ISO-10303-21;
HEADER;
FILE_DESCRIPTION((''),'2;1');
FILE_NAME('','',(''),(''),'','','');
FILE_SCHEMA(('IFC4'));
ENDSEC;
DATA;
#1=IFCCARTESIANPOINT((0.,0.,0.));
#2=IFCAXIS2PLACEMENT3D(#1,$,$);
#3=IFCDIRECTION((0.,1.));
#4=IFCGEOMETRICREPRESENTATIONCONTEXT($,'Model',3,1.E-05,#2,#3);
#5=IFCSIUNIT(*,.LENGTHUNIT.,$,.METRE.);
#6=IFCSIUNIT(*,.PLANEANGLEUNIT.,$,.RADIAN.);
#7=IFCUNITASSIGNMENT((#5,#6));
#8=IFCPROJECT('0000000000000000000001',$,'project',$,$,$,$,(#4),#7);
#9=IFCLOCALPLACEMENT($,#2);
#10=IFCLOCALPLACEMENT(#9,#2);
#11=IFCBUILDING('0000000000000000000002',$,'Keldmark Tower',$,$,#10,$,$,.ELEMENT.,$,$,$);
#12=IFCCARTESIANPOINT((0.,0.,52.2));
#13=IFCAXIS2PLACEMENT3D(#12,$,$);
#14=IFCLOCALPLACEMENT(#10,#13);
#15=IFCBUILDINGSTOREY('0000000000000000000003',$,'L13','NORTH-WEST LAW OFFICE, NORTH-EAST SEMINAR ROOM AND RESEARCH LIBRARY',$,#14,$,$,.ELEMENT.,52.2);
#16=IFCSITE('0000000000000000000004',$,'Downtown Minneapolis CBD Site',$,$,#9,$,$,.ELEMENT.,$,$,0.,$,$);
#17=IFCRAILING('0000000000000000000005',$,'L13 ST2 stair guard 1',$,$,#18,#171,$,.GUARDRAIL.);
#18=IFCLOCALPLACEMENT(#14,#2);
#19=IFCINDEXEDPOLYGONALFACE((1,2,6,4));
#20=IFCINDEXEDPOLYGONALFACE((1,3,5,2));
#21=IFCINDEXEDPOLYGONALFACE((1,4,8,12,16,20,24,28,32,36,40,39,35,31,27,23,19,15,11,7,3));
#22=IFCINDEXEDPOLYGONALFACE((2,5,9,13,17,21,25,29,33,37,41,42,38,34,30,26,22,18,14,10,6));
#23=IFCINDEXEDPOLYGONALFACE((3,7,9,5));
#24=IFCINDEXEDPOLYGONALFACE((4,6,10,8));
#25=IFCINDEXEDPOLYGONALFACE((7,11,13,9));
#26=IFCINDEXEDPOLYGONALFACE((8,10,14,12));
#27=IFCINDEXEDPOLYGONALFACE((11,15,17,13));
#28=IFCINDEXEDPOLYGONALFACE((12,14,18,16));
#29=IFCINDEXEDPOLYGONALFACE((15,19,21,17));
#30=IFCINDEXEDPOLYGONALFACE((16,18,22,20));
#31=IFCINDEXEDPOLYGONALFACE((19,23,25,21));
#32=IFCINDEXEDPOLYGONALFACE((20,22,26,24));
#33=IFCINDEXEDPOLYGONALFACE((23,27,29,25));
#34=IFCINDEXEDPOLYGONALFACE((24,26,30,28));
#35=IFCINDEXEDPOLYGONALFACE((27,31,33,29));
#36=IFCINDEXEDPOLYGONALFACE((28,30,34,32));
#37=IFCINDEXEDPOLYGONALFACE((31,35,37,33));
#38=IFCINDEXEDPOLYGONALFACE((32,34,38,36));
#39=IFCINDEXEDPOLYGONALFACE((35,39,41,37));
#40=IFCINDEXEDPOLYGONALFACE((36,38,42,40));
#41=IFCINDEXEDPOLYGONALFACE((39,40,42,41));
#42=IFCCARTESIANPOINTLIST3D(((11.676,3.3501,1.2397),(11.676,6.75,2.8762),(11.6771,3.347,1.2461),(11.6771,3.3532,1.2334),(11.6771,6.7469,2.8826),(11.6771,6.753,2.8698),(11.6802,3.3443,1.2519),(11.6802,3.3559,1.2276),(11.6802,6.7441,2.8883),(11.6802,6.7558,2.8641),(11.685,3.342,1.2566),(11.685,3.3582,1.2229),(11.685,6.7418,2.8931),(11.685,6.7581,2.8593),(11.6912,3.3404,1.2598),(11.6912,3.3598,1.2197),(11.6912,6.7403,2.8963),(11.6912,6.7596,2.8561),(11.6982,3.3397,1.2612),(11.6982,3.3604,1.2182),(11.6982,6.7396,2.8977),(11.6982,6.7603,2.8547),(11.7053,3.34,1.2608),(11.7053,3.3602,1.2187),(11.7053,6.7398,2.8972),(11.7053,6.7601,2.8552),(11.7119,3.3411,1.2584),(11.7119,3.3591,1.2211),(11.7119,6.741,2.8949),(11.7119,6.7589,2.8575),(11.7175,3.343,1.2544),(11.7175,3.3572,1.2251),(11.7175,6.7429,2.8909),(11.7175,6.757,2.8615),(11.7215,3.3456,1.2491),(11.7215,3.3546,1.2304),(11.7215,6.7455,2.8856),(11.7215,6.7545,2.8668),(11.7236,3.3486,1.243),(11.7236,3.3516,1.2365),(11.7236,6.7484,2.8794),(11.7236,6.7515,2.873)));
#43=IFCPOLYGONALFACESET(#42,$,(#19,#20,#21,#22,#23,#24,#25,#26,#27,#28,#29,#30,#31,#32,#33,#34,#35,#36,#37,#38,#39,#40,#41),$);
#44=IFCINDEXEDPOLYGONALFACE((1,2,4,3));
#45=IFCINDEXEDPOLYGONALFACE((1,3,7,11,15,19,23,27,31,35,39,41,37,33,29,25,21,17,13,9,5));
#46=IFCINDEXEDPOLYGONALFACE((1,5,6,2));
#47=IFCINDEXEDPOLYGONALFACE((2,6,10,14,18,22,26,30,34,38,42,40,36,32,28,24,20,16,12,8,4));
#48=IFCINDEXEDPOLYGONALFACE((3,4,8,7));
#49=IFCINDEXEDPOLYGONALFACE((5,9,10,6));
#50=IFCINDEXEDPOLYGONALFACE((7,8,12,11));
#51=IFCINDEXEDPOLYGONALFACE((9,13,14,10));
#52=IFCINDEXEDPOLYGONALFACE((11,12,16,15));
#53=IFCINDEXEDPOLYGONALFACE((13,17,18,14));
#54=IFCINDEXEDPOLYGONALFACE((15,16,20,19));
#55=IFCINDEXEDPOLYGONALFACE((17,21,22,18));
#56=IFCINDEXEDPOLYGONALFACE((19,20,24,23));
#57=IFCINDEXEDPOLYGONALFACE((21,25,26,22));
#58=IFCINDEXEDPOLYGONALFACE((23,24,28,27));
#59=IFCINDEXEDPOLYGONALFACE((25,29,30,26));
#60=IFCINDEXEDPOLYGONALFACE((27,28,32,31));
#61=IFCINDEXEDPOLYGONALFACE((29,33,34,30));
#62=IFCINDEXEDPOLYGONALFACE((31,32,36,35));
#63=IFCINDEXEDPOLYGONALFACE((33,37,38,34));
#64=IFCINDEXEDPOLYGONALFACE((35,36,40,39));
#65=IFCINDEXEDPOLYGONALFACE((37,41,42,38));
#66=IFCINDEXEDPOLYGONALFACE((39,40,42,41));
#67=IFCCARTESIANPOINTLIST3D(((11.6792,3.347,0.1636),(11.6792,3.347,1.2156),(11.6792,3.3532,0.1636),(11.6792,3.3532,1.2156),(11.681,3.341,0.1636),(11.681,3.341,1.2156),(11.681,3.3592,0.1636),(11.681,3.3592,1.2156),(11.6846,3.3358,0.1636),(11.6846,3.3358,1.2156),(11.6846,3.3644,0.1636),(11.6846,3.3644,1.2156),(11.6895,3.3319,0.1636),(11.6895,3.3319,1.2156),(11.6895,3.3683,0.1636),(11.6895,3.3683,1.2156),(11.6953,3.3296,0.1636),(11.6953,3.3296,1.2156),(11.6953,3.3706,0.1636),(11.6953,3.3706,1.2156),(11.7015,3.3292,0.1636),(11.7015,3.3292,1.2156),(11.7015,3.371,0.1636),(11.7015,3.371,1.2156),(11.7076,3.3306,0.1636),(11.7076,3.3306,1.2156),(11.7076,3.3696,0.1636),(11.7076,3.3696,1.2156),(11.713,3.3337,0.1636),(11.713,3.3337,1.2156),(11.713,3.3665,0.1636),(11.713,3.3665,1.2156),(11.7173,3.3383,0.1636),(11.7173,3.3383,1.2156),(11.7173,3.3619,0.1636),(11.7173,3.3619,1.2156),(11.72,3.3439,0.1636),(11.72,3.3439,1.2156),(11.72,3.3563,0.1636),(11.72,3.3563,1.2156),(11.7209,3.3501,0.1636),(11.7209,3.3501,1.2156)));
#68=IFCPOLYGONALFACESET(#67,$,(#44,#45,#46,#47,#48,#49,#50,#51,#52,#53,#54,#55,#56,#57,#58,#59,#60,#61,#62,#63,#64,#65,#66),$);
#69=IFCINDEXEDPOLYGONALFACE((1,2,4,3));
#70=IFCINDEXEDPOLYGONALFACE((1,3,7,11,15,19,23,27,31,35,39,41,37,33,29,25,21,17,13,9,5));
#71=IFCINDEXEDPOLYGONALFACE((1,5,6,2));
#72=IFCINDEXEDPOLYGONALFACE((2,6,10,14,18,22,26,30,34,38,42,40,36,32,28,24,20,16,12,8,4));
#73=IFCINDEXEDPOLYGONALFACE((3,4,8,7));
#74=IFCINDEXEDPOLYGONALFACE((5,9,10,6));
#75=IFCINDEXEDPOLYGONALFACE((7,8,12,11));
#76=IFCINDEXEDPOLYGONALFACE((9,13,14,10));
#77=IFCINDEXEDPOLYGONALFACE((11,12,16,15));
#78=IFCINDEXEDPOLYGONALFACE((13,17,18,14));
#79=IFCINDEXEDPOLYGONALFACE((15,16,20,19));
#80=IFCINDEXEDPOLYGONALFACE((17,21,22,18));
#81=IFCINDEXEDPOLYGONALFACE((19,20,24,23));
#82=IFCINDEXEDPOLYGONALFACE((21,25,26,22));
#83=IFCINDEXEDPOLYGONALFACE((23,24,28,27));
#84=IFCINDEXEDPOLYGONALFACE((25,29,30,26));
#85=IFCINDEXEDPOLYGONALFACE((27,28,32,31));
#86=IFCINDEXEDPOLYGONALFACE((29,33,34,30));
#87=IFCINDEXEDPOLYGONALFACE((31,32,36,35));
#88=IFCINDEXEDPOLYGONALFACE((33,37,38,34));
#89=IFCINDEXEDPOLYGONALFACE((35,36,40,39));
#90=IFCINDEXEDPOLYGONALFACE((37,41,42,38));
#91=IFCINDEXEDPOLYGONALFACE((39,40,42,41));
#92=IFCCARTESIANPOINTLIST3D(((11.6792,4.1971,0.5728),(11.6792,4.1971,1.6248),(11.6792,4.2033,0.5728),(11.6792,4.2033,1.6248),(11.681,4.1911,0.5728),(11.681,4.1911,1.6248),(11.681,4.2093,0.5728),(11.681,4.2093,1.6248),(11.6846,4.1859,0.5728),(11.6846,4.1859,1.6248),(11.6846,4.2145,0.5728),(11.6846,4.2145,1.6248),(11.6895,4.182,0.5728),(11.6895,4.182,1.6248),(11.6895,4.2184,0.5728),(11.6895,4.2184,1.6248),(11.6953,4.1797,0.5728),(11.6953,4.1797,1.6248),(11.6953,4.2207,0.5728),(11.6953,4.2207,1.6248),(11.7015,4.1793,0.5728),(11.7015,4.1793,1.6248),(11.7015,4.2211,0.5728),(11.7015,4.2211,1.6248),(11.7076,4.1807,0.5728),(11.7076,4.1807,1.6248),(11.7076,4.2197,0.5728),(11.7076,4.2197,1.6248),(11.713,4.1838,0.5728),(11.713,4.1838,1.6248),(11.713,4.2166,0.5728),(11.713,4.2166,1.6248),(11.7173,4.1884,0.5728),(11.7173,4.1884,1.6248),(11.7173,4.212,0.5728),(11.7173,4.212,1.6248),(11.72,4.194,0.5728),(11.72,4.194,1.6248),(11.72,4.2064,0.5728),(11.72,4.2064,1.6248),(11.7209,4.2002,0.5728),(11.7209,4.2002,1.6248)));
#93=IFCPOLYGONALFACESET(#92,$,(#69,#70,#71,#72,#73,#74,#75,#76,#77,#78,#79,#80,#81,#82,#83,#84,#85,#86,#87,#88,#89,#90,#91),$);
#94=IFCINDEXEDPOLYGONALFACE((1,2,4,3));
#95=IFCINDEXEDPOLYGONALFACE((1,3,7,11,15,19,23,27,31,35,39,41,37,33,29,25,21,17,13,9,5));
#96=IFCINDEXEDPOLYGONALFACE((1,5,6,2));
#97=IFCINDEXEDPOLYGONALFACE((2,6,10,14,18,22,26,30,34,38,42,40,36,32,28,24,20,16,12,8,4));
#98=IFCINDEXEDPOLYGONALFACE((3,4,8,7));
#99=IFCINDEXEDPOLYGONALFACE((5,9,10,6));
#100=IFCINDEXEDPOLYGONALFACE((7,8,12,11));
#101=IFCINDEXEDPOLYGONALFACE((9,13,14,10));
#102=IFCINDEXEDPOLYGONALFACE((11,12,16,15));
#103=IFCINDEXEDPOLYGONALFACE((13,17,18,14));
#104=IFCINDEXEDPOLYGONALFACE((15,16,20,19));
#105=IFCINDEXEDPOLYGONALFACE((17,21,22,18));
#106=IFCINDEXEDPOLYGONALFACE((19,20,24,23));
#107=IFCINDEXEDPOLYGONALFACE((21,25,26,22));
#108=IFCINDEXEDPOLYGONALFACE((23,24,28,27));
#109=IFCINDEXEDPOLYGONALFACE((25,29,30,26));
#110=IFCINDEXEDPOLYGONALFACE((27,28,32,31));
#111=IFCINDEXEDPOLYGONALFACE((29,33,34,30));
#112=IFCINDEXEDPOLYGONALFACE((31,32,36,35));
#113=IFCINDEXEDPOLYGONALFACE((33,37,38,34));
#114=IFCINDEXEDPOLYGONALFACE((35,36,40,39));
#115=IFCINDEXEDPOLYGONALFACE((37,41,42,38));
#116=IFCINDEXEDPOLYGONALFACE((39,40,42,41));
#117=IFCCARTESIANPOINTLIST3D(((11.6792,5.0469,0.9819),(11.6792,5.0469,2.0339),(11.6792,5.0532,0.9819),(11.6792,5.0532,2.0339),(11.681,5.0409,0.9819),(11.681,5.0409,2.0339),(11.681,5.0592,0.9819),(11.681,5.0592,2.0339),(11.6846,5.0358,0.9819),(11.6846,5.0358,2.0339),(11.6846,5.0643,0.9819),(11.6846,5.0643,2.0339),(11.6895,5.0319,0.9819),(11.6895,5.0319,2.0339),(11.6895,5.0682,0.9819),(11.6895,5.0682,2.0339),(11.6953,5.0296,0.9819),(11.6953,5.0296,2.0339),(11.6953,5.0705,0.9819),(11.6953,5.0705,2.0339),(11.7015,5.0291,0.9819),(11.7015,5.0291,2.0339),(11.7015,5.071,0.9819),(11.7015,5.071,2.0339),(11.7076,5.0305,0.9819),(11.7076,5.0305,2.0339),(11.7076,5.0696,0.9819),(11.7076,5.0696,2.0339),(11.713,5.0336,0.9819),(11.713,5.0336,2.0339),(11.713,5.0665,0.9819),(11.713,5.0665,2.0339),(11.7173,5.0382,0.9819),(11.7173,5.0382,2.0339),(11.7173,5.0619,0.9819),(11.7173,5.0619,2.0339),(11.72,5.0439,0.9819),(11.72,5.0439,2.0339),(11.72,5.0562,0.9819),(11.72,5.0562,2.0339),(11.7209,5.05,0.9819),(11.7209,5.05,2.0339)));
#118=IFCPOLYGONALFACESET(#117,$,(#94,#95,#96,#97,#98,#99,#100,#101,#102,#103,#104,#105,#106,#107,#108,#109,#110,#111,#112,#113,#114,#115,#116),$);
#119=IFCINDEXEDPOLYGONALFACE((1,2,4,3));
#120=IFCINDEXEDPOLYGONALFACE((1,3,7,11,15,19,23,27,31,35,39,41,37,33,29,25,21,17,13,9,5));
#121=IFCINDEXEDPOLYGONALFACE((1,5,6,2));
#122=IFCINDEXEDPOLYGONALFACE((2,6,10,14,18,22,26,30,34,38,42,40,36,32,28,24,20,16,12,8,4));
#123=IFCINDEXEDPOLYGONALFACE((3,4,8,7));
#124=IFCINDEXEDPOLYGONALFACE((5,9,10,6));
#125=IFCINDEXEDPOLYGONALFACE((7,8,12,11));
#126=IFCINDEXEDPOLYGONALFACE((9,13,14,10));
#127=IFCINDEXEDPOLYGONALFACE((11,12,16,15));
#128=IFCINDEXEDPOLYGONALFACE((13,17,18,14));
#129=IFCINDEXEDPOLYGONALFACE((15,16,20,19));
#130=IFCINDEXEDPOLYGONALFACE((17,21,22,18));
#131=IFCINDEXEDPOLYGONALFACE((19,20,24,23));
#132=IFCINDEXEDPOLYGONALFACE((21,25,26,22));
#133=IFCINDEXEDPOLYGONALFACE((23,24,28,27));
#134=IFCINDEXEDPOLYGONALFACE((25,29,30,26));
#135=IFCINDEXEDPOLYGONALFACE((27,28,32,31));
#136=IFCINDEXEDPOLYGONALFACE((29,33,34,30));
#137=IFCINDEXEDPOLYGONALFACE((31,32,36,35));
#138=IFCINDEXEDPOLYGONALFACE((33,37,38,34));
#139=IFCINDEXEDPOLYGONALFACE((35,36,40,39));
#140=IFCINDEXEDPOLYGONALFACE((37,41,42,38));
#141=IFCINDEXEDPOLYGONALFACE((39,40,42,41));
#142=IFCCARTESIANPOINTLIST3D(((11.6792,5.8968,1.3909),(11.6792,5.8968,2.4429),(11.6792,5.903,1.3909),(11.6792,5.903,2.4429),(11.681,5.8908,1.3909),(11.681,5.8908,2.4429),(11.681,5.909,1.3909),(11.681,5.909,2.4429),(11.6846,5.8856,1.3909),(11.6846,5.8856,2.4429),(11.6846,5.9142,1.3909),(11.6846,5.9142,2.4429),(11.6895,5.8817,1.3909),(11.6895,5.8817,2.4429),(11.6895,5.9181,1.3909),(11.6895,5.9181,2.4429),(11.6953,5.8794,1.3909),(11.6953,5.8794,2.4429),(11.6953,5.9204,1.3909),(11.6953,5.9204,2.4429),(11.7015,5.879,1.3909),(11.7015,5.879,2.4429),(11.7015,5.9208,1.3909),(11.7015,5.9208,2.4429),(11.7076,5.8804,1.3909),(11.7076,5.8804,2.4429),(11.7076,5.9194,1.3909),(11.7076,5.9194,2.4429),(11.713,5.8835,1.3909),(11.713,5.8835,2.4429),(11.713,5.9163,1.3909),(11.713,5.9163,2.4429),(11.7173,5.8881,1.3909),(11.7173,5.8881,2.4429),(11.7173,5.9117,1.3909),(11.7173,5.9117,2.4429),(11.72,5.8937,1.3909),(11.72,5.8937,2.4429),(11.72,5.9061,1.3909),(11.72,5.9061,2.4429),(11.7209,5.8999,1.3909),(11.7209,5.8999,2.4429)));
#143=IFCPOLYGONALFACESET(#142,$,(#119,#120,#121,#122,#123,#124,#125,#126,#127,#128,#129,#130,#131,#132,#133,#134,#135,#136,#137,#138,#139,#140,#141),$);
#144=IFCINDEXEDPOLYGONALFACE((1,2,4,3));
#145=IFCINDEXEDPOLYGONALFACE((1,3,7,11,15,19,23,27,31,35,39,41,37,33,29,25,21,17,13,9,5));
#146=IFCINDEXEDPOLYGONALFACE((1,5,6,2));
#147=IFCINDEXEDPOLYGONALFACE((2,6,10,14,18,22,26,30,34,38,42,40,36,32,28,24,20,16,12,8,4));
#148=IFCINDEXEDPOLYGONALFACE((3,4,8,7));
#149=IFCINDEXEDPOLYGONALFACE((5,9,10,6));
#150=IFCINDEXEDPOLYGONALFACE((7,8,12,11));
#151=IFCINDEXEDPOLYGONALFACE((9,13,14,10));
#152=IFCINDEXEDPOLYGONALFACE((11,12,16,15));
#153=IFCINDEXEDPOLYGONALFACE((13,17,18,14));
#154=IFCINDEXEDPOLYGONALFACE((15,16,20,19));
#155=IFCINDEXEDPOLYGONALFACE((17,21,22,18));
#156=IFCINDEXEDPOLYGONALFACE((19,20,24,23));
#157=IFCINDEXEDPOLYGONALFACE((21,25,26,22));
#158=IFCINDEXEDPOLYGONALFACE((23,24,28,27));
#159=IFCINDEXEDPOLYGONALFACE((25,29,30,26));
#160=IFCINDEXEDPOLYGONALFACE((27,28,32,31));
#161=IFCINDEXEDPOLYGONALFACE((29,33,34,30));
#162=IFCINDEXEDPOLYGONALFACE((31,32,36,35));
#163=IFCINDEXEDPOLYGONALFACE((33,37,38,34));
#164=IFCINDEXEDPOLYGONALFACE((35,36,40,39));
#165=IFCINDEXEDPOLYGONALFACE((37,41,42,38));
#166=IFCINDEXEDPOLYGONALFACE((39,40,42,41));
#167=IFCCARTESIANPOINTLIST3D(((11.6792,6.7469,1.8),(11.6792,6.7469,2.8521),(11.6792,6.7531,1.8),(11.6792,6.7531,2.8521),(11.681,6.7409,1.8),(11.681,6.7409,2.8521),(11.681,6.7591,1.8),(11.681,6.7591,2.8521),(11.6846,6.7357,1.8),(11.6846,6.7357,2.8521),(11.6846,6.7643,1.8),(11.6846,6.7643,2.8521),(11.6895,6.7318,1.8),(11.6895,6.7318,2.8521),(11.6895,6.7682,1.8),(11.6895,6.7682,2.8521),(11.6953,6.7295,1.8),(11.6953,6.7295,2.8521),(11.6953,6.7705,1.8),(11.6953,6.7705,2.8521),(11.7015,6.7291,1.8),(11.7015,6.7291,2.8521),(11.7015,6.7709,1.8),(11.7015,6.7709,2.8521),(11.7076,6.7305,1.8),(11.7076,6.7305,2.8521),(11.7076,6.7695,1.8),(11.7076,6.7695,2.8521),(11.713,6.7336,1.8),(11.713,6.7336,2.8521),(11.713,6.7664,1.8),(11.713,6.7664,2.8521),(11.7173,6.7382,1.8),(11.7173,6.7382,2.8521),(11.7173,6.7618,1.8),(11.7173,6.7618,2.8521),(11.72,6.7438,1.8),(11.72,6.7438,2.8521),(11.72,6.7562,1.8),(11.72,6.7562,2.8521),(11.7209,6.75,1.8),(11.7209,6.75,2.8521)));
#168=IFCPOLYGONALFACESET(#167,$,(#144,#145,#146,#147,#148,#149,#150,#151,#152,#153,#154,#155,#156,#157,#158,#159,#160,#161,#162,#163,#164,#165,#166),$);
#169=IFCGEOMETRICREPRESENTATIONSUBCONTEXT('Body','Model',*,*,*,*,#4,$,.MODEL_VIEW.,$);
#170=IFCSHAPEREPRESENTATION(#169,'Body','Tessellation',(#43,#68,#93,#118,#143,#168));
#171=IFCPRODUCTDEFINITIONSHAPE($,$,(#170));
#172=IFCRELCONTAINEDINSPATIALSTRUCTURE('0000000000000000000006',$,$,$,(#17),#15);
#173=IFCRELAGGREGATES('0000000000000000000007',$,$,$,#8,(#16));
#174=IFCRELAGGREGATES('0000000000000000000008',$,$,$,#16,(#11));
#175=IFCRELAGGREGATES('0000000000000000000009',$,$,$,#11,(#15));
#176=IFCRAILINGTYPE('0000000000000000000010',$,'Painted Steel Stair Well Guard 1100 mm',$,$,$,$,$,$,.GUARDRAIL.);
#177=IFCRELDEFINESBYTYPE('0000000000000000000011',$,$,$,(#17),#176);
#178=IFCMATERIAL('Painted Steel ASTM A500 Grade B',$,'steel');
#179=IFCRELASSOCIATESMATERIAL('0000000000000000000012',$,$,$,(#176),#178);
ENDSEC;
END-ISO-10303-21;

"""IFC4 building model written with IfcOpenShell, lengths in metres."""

from ifc_helpers import new_model, si_unit, direction, frame, origin, origin_2d, place, context, subcontext, project, spatial, circle, extrude, material, type_object, element, save


model = new_model("IFC4")

# Units and contexts
model_context = context("Model", 3, precision=1e-05, world=origin(), true_north=direction((0.0, 1.0)))
body_context = subcontext(model_context, "Body", "Model", "MODEL_VIEW")
ifc_project = project(units=[si_unit("LENGTHUNIT", "METRE"), si_unit("PLANEANGLEUNIT", "RADIAN")], contexts=[model_context])

# Site, building, storey
site_placement = place(None, origin())
site = spatial("IfcSite", under=ifc_project, at=site_placement, Name="Downtown Minneapolis CBD Site", CompositionType="ELEMENT", RefElevation=0.0)
building_placement = place(site_placement, origin())
building = spatial("IfcBuilding", under=site, at=building_placement, Name="Keldmark Tower", CompositionType="ELEMENT")
storey_placement = place(building_placement, frame((0.0, 0.0, 52.2)))
storey = spatial("IfcBuildingStorey", under=building, at=storey_placement, Name="L13", Description="NORTH-WEST LAW OFFICE, NORTH-EAST SEMINAR ROOM AND RESEARCH LIBRARY", CompositionType="ELEMENT", Elevation=52.2)

# Railing
ifc_material_1 = material(Name="Painted Steel ASTM A500 Grade B", Category="steel")
railing_type_1 = type_object("IfcRailingType", Name="Painted Steel Stair Well Guard 1100 mm", PredefinedType="GUARDRAIL", material=ifc_material_1)
railing_1_placement = place(storey_placement, frame((11.7, 3.3501, 0.1636)))
element("IfcRailing", 1, at=railing_1_placement, inside=storey, type_object=railing_type_1, Name="L13 ST2 stair guard 1", PredefinedType="GUARDRAIL", context=body_context, shape_type="SweptSolid", body=[
    extrude(circle(Radius=0.0239, at=origin_2d()), frame((0.0, 0.0, 1.0762), z_axis=(0.0, 0.901055, 0.433705), x_axis=(-1.0, 0.0, 0.0)), (0.0, 0.0, 1.0), 3.7732),
    extrude(circle(Radius=0.021, at=origin_2d()), origin(), (0.0, 0.0, 1.0), 1.052),
    extrude(circle(Radius=0.021, at=origin_2d()), frame((0.0, 0.8501, 0.4092)), (0.0, 0.0, 1.0), 1.052),
    extrude(circle(Radius=0.021, at=origin_2d()), frame((0.0, 1.7, 0.8184)), (0.0, 0.0, 1.0), 1.052),
    extrude(circle(Radius=0.021, at=origin_2d()), frame((0.0, 2.5498, 1.2273)), (0.0, 0.0, 1.0), 1.052),
    extrude(circle(Radius=0.021, at=origin_2d()), frame((0.0, 3.3999, 1.6365)), (0.0, 0.0, 1.0), 1.052),
])

save(model, "model.ifc")
